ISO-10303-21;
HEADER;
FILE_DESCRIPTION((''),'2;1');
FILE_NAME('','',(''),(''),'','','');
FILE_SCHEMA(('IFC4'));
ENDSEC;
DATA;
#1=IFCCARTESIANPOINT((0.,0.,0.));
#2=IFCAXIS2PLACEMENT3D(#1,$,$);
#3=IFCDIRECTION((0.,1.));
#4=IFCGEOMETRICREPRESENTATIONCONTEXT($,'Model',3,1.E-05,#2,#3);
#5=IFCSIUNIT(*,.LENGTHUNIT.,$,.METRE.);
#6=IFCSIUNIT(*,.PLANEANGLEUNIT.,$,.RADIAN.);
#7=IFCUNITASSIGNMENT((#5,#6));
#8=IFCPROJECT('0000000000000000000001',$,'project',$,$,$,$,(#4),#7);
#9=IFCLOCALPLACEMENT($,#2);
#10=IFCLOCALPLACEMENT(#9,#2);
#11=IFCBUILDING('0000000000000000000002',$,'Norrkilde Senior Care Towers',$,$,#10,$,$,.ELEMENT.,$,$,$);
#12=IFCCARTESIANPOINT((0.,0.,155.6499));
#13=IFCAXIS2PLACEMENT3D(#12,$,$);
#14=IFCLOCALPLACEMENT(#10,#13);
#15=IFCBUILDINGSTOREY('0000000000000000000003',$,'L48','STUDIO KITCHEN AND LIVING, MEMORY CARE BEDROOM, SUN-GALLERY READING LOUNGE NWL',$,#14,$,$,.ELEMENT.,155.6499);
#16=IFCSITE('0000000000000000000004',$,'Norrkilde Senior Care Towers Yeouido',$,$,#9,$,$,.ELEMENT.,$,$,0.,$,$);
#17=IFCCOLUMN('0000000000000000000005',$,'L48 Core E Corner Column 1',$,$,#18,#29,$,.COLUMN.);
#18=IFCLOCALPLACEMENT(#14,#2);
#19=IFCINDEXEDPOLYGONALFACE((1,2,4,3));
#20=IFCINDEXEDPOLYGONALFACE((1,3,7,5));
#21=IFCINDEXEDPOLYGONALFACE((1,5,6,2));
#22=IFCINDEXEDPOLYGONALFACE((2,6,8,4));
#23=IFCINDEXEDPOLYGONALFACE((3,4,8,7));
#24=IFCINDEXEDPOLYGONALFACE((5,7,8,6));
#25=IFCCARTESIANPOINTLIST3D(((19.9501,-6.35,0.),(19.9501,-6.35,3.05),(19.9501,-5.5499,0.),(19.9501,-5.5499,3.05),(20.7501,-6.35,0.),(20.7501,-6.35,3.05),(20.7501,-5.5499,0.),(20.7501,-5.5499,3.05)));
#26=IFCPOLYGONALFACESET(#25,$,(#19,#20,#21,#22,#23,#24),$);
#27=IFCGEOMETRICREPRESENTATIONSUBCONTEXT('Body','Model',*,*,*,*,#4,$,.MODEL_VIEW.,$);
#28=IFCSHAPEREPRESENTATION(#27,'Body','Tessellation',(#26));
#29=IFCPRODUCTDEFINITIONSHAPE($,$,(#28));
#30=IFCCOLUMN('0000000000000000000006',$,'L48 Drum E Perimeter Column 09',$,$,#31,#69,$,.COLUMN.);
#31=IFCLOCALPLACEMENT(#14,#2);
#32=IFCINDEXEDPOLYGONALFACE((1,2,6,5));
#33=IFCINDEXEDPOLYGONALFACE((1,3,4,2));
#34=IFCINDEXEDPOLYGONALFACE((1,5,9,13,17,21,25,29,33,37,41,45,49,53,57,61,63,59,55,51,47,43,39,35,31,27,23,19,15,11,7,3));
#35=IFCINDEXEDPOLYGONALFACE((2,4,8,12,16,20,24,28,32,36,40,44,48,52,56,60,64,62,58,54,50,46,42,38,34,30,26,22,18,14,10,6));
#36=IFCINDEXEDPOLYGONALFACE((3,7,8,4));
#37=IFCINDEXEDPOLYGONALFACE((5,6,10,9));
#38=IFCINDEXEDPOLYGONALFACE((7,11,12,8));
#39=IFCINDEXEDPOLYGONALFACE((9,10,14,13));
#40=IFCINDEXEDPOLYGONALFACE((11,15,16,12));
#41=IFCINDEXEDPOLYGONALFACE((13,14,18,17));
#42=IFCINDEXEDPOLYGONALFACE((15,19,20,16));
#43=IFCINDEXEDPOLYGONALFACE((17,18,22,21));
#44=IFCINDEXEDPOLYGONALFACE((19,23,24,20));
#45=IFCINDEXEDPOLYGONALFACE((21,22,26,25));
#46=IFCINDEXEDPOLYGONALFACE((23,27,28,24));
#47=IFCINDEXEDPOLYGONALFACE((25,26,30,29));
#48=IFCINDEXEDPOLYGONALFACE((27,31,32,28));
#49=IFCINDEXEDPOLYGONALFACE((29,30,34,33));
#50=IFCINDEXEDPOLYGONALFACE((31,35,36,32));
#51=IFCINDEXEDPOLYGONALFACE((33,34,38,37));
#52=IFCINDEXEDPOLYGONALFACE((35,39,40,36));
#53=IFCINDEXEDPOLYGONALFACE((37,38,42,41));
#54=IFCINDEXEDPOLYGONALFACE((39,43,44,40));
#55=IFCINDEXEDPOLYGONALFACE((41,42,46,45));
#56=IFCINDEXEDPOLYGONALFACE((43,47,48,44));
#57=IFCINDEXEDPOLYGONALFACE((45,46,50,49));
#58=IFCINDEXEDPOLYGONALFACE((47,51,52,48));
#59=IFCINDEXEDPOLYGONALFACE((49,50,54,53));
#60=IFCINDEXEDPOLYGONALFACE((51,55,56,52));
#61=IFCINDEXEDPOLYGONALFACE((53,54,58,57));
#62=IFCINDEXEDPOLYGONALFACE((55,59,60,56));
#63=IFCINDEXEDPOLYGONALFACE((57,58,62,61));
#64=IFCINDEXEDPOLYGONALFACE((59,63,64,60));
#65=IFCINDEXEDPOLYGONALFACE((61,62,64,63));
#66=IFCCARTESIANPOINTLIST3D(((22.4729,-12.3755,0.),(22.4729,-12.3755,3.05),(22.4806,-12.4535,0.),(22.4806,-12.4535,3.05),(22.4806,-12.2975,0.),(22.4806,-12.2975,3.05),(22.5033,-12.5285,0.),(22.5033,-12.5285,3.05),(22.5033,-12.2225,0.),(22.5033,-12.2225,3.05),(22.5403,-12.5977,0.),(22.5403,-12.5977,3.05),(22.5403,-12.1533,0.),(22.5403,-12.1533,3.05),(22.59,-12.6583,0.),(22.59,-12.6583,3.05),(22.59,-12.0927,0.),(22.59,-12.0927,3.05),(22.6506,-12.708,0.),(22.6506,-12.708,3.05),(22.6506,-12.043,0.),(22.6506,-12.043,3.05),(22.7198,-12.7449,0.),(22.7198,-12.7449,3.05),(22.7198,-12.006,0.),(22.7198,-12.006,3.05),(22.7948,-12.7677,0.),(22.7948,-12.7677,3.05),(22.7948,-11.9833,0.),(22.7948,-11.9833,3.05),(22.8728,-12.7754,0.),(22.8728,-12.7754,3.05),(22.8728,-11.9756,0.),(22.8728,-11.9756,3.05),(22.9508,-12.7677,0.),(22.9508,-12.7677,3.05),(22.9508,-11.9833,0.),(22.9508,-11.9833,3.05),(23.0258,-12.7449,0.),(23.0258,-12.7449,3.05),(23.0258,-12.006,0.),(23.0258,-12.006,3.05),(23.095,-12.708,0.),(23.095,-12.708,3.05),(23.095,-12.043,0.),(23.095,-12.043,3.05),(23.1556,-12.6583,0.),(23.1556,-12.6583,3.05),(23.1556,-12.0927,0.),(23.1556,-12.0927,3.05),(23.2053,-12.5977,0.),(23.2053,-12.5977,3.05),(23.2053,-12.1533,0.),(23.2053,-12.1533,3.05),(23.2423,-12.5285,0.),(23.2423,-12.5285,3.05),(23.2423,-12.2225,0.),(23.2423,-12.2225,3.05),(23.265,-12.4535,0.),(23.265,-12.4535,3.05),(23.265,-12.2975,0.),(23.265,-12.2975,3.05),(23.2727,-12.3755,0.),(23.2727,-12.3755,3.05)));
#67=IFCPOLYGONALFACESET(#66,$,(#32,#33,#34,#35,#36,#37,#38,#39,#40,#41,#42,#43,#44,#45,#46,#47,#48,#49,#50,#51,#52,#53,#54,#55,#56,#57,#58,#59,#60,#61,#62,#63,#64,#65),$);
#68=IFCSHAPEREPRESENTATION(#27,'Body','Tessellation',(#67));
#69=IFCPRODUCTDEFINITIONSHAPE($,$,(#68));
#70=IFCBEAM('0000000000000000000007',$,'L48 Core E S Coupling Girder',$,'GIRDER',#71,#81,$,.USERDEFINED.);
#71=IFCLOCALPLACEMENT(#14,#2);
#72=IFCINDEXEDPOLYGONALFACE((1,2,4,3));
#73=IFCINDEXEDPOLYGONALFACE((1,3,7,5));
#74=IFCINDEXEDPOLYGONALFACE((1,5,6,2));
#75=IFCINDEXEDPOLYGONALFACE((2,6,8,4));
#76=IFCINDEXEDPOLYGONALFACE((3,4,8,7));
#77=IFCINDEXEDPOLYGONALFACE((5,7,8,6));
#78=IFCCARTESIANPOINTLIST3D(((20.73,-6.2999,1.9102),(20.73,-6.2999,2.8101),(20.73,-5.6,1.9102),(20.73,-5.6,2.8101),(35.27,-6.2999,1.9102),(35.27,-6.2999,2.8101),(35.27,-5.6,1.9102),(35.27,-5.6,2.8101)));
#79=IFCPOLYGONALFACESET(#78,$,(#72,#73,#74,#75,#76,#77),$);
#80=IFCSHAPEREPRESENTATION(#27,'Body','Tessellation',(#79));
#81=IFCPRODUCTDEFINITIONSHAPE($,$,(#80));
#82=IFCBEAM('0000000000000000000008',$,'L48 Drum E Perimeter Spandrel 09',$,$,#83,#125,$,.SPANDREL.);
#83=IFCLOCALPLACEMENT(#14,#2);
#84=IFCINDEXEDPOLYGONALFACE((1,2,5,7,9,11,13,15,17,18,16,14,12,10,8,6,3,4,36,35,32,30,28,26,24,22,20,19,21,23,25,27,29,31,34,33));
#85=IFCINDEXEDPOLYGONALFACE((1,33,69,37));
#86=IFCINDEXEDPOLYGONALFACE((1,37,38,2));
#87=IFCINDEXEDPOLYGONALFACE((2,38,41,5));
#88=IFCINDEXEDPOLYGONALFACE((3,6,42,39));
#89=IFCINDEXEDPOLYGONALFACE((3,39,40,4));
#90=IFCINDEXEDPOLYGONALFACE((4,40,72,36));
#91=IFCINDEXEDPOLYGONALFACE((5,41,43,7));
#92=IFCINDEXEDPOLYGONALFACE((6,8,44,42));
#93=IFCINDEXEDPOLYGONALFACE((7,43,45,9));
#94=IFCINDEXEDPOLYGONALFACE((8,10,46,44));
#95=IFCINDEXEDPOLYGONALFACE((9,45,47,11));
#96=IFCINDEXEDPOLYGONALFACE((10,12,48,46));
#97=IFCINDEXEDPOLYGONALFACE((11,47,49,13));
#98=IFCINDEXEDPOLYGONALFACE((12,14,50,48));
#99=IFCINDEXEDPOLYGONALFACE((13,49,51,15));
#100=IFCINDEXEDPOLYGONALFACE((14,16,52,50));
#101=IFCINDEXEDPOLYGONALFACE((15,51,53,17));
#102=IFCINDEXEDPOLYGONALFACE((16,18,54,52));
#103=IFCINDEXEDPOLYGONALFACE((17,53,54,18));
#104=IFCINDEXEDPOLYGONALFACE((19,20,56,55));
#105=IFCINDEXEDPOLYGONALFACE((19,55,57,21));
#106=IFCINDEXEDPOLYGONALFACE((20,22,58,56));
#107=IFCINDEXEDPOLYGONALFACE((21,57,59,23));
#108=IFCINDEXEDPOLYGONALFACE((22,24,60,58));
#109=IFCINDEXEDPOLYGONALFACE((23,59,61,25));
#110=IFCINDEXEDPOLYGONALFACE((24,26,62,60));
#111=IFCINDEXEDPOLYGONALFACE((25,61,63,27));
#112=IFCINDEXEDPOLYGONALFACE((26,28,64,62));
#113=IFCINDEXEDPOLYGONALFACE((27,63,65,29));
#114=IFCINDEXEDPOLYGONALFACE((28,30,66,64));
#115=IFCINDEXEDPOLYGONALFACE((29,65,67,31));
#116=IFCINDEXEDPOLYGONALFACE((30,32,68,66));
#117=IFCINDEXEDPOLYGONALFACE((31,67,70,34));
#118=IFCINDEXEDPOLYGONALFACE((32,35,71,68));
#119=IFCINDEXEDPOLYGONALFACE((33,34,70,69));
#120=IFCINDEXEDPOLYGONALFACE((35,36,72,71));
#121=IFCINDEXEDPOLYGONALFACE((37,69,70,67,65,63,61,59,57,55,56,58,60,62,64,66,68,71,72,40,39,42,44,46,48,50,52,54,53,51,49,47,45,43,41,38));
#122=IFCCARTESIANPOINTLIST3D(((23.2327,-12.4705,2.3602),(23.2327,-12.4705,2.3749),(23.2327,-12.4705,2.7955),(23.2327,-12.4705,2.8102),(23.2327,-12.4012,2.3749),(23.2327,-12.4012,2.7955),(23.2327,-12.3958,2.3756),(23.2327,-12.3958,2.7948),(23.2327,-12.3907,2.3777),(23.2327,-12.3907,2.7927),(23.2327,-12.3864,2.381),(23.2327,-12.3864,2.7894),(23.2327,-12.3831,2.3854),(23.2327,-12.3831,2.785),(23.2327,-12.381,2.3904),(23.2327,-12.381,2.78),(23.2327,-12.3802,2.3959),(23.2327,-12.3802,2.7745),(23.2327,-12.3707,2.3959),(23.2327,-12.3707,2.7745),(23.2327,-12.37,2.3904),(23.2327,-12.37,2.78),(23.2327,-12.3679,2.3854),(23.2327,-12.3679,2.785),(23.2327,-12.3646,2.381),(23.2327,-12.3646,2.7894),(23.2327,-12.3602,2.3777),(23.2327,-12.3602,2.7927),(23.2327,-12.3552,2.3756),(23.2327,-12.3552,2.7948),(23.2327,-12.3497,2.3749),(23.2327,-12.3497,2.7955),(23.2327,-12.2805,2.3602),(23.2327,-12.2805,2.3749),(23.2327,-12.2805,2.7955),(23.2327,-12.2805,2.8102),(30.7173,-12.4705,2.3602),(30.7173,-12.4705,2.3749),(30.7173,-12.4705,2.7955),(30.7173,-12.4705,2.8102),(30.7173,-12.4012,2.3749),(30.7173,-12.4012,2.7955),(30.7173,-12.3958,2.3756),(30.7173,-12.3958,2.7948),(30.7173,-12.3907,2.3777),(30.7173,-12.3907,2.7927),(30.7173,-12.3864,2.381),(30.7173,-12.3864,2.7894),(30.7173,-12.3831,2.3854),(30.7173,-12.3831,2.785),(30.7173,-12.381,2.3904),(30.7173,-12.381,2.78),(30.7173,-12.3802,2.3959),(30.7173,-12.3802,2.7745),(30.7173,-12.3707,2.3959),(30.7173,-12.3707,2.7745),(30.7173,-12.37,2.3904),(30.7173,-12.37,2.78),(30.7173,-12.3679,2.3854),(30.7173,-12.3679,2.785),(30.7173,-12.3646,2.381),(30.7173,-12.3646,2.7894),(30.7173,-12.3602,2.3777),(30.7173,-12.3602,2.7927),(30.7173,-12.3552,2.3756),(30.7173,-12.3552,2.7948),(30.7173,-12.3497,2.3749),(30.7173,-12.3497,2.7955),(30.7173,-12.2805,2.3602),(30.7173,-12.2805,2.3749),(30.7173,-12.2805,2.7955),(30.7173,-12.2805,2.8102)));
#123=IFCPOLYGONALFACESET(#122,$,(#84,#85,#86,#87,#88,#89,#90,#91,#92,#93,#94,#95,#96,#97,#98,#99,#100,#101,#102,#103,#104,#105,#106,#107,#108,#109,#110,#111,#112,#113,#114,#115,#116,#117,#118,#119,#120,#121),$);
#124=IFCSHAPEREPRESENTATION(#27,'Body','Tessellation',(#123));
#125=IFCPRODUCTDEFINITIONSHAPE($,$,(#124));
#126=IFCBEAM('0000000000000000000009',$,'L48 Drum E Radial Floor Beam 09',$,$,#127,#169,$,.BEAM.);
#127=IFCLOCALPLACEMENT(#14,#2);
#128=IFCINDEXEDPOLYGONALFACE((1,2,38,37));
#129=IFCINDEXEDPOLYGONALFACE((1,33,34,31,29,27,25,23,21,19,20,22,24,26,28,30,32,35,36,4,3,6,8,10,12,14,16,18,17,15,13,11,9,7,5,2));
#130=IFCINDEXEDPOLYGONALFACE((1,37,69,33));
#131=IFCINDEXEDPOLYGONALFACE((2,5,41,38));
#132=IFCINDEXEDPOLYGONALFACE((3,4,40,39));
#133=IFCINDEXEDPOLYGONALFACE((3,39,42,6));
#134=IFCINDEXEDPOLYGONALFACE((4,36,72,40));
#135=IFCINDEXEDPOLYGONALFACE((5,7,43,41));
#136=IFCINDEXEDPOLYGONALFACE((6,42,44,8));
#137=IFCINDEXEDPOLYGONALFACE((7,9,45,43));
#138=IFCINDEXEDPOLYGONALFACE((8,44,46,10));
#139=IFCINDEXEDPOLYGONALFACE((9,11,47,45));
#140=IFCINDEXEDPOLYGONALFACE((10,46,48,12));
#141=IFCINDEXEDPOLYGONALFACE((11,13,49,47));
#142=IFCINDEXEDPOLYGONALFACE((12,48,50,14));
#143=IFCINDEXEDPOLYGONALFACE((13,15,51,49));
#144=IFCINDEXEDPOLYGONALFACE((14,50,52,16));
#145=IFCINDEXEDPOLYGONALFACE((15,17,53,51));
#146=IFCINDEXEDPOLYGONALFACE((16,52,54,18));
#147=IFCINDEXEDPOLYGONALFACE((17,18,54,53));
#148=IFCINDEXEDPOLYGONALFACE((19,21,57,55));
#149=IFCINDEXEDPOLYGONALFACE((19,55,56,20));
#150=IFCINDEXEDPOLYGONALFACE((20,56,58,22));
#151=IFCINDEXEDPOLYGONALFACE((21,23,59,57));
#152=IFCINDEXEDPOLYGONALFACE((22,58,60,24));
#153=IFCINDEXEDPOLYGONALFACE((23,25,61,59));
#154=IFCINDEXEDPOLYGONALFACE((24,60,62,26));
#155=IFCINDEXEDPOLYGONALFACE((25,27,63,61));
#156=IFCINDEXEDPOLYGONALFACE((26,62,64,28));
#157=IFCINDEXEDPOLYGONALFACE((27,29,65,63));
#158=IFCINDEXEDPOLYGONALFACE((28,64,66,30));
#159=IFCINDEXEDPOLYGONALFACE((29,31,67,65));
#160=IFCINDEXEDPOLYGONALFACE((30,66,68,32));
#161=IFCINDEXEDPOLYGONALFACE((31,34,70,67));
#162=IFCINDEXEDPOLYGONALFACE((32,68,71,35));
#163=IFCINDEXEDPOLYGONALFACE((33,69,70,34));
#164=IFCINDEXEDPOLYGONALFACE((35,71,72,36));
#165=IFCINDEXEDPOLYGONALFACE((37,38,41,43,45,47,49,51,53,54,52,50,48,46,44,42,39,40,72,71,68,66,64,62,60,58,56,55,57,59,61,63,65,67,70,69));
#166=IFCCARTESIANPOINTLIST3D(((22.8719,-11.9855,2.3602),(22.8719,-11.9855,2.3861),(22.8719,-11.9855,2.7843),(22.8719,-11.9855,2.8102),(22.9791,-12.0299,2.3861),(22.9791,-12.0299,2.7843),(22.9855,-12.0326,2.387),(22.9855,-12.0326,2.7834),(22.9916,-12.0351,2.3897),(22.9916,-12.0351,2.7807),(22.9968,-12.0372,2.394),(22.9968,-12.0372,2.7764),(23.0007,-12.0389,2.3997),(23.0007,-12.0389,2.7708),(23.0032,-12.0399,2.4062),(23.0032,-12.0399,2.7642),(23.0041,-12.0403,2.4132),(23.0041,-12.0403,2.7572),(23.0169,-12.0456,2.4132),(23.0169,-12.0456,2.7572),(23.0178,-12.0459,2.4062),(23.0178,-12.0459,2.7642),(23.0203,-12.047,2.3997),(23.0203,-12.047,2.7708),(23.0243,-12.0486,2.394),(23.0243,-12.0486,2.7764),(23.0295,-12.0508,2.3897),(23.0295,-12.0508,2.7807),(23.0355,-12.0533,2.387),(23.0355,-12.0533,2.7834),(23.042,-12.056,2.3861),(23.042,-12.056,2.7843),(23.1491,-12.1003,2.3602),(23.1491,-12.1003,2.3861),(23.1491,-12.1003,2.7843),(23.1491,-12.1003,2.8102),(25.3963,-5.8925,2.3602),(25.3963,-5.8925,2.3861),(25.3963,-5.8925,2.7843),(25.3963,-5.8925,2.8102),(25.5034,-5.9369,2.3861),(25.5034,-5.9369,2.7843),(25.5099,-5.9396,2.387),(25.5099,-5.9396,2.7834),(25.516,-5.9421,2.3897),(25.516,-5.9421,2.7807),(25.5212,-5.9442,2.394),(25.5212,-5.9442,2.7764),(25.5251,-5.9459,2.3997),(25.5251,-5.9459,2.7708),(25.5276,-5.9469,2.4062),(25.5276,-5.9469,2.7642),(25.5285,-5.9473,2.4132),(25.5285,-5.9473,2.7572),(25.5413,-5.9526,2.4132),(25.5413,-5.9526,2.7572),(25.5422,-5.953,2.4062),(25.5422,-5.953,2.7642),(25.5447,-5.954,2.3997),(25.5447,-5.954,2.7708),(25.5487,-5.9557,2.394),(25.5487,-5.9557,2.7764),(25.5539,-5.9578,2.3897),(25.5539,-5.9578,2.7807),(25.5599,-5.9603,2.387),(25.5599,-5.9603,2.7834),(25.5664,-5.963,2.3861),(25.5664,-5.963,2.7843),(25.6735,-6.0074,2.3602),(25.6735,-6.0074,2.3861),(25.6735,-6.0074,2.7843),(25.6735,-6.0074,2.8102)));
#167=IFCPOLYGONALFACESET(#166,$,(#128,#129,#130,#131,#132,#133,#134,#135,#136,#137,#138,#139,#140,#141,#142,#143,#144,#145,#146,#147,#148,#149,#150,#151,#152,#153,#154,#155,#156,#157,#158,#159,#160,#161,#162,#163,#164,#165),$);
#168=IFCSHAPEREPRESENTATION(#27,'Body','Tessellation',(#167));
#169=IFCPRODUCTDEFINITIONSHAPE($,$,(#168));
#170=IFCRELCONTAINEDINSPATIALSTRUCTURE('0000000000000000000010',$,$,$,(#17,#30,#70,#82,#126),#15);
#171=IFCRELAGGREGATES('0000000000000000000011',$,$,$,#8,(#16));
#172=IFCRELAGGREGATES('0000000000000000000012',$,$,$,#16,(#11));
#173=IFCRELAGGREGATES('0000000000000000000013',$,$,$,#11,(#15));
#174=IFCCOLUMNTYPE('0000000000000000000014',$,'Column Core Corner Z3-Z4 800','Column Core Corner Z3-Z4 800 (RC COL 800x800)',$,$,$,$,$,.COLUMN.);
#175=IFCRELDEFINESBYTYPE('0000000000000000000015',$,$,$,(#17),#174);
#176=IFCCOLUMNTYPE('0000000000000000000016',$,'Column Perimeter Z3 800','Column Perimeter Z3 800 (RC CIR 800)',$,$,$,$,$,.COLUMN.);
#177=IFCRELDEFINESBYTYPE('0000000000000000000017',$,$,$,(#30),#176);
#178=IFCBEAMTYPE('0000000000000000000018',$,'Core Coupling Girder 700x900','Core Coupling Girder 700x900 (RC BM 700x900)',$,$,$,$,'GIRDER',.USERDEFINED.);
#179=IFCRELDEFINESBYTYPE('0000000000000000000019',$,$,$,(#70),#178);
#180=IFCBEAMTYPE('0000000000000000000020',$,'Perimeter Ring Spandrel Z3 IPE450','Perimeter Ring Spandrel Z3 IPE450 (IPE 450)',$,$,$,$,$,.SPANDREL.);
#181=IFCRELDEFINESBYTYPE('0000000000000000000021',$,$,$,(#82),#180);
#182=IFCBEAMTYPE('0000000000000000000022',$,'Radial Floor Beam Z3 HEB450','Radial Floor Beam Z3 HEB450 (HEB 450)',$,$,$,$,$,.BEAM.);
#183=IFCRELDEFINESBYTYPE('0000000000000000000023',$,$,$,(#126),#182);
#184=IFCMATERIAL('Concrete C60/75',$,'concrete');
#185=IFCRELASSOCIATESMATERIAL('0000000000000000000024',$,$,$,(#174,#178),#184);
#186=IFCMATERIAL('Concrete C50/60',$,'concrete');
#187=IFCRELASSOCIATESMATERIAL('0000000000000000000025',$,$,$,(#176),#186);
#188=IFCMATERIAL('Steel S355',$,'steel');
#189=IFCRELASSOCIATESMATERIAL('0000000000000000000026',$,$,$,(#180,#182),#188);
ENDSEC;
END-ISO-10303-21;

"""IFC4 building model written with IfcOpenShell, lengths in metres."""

from ifc_helpers import new_model, si_unit, direction, frame, origin, origin_2d, place, context, subcontext, project, spatial, rectangle, circle, i_section, extrude, source, transform, mapped, material, material_profile, profile_set, type_object, type_shapes, element, save


model = new_model("IFC4")

# Units and contexts
model_context = context("Model", 3, precision=1e-05, world=origin(), true_north=direction((0.0, 1.0)))
body_context = subcontext(model_context, "Body", "Model", "MODEL_VIEW")
ifc_project = project(units=[si_unit("LENGTHUNIT", "METRE"), si_unit("PLANEANGLEUNIT", "RADIAN")], contexts=[model_context])

# Site, building, storey
site_placement = place(None, origin())
site = spatial("IfcSite", under=ifc_project, at=site_placement, Name="Norrkilde Senior Care Towers Yeouido", CompositionType="ELEMENT", RefElevation=0.0)
building_placement = place(site_placement, origin())
building = spatial("IfcBuilding", under=site, at=building_placement, Name="Norrkilde Senior Care Towers", CompositionType="ELEMENT")
storey_placement = place(building_placement, frame((0.0, 0.0, 155.6499)))
storey = spatial("IfcBuildingStorey", under=building, at=storey_placement, Name="L48", Description="STUDIO KITCHEN AND LIVING, MEMORY CARE BEDROOM, SUN-GALLERY READING LOUNGE NWL", CompositionType="ELEMENT", Elevation=155.6499)

# Columns
ifc_material_1 = material(Name="Concrete C60/75", Category="concrete")
ifc_material_profile_1 = material_profile(ifc_material_1, rectangle(XDim=0.8, YDim=0.8, at=origin_2d()), Name="RC COL 800x800")
ifc_profile_set_1 = profile_set([ifc_material_profile_1], Name="Concrete C60/75")
column_type_1 = type_object("IfcColumnType", Name="Column Core Corner Z3-Z4 800", Description="Column Core Corner Z3-Z4 800 (RC COL 800x800)", PredefinedType="COLUMN", material=ifc_profile_set_1)
shared_shape_1 = source(origin(), body_context, "Body", "SweptSolid", [
    extrude(rectangle(XDim=0.8, YDim=0.8, at=origin_2d()), origin(), (0.0, 0.0, 1.0), 3.05),
])
type_shapes(column_type_1, [shared_shape_1])
column_1_placement = place(storey_placement, frame((20.3501, -5.95, 0.0), z_axis=(0.0, 0.0, 1.0), x_axis=(1.0, 0.0, 0.0)))
element("IfcColumn", 1, at=column_1_placement, inside=storey, type_object=column_type_1, Name="L48 Core E Corner Column 1", PredefinedType="COLUMN", context=body_context, shape_type="MappedRepresentation", body=[
    mapped(shared_shape_1, transform((0.0, 0.0, 0.0), x_axis=(1.0, 0.0, 0.0), y_axis=(0.0, 1.0, 0.0), z_axis=(0.0, 0.0, 1.0), scale=1.0)),
])
ifc_material_2 = material(Name="Concrete C50/60", Category="concrete")
ifc_material_profile_2 = material_profile(ifc_material_2, circle(Radius=0.3999, at=origin_2d()), Name="RC CIR 800")
ifc_profile_set_2 = profile_set([ifc_material_profile_2], Name="Concrete C50/60")
column_type_2 = type_object("IfcColumnType", Name="Column Perimeter Z3 800", Description="Column Perimeter Z3 800 (RC CIR 800)", PredefinedType="COLUMN", material=ifc_profile_set_2)
shared_shape_2 = source(origin(), body_context, "Body", "SweptSolid", [
    extrude(circle(Radius=0.3999, at=origin_2d()), origin(), (0.0, 0.0, 1.0), 3.05),
])
type_shapes(column_type_2, [shared_shape_2])
column_2_placement = place(storey_placement, frame((22.8728, -12.3755, 0.0), z_axis=(0.0, 0.0, 1.0), x_axis=(1.0, 0.0, 0.0)))
element("IfcColumn", 2, at=column_2_placement, inside=storey, type_object=column_type_2, Name="L48 Drum E Perimeter Column 09", PredefinedType="COLUMN", context=body_context, shape_type="MappedRepresentation", body=[
    mapped(shared_shape_2, transform((0.0, 0.0, 0.0), x_axis=(1.0, 0.0, 0.0), y_axis=(0.0, 1.0, 0.0), z_axis=(0.0, 0.0, 1.0), scale=1.0)),
])

# Beams
ifc_material_profile_3 = material_profile(ifc_material_1, rectangle(XDim=0.7, YDim=0.8999, at=origin_2d()), Name="RC BM 700x900")
ifc_profile_set_3 = profile_set([ifc_material_profile_3], Name="Concrete C60/75")
beam_type_1 = type_object("IfcBeamType", Name="Core Coupling Girder 700x900", Description="Core Coupling Girder 700x900 (RC BM 700x900)", ElementType="GIRDER", PredefinedType="USERDEFINED", material=ifc_profile_set_3)
shared_shape_3 = source(origin(), body_context, "Body", "SweptSolid", [
    extrude(rectangle(XDim=0.7, YDim=0.8999, at=origin_2d()), origin(), (0.0, 0.0, 1.0), 14.54),
])
type_shapes(beam_type_1, [shared_shape_3])
beam_1_placement = place(storey_placement, frame((20.73, -5.95, 2.3601), z_axis=(1.0, 0.0, 0.0), x_axis=(0.0, 1.0, 0.0)))
element("IfcBeam", 3, at=beam_1_placement, inside=storey, type_object=beam_type_1, Name="L48 Core E S Coupling Girder", ObjectType="GIRDER", PredefinedType="USERDEFINED", context=body_context, shape_type="MappedRepresentation", body=[
    mapped(shared_shape_3, transform((0.0, 0.0, 0.0), x_axis=(1.0, 0.0, 0.0), y_axis=(0.0, 1.0, 0.0), z_axis=(0.0, 0.0, 1.0), scale=1.0)),
])
ifc_material_3 = material(Name="Steel S355", Category="steel")
ifc_material_profile_4 = material_profile(ifc_material_3, i_section(OverallWidth=0.1899, OverallDepth=0.45, WebThickness=0.0095, FlangeThickness=0.0146, FilletRadius=0.021, at=origin_2d()), Name="IPE 450")
ifc_profile_set_4 = profile_set([ifc_material_profile_4], Name="Steel S355")
beam_type_2 = type_object("IfcBeamType", Name="Perimeter Ring Spandrel Z3 IPE450", Description="Perimeter Ring Spandrel Z3 IPE450 (IPE 450)", PredefinedType="SPANDREL", material=ifc_profile_set_4)
shared_shape_4 = source(origin(), body_context, "Body", "SweptSolid", [
    extrude(i_section(OverallWidth=0.1899, OverallDepth=0.45, WebThickness=0.0095, FlangeThickness=0.0146, FilletRadius=0.021, at=origin_2d()), origin(), (0.0, 0.0, 1.0), 7.4846),
])
type_shapes(beam_type_2, [shared_shape_4])
beam_2_placement = place(storey_placement, frame((23.2327, -12.3755, 2.5852), z_axis=(1.0, 0.0, 0.0), x_axis=(0.0, 1.0, 0.0)))
element("IfcBeam", 4, at=beam_2_placement, inside=storey, type_object=beam_type_2, Name="L48 Drum E Perimeter Spandrel 09", PredefinedType="SPANDREL", context=body_context, shape_type="MappedRepresentation", body=[
    mapped(shared_shape_4, transform((0.0, 0.0, 0.0), x_axis=(1.0, 0.0, 0.0), y_axis=(0.0, 1.0, 0.0), z_axis=(0.0, 0.0, 1.0), scale=1.0)),
])
ifc_material_profile_5 = material_profile(ifc_material_3, i_section(OverallWidth=0.3, OverallDepth=0.45, WebThickness=0.0139, FlangeThickness=0.0259, FilletRadius=0.0271, at=origin_2d()), Name="HEB 450")
ifc_profile_set_5 = profile_set([ifc_material_profile_5], Name="Steel S355")
beam_type_3 = type_object("IfcBeamType", Name="Radial Floor Beam Z3 HEB450", Description="Radial Floor Beam Z3 HEB450 (HEB 450)", PredefinedType="BEAM", material=ifc_profile_set_5)
shared_shape_5 = source(origin(), body_context, "Body", "SweptSolid", [
    extrude(i_section(OverallWidth=0.3, OverallDepth=0.45, WebThickness=0.0139, FlangeThickness=0.0259, FilletRadius=0.0271, at=origin_2d()), origin(), (0.0, 0.0, 1.0), 6.5952),
])
type_shapes(beam_type_3, [shared_shape_5])
beam_3_placement = place(storey_placement, frame((25.5349, -5.95, 2.5852), z_axis=(-0.382762, -0.923847, 0.0), x_axis=(0.923847, -0.382762, 0.0)))
element("IfcBeam", 5, at=beam_3_placement, inside=storey, type_object=beam_type_3, Name="L48 Drum E Radial Floor Beam 09", PredefinedType="BEAM", context=body_context, shape_type="MappedRepresentation", body=[
    mapped(shared_shape_5, transform((0.0, 0.0, 0.0), x_axis=(1.0, 0.0, 0.0), y_axis=(0.0, 1.0, 0.0), z_axis=(0.0, 0.0, 1.0), scale=1.0)),
])

save(model, "model.ifc")
